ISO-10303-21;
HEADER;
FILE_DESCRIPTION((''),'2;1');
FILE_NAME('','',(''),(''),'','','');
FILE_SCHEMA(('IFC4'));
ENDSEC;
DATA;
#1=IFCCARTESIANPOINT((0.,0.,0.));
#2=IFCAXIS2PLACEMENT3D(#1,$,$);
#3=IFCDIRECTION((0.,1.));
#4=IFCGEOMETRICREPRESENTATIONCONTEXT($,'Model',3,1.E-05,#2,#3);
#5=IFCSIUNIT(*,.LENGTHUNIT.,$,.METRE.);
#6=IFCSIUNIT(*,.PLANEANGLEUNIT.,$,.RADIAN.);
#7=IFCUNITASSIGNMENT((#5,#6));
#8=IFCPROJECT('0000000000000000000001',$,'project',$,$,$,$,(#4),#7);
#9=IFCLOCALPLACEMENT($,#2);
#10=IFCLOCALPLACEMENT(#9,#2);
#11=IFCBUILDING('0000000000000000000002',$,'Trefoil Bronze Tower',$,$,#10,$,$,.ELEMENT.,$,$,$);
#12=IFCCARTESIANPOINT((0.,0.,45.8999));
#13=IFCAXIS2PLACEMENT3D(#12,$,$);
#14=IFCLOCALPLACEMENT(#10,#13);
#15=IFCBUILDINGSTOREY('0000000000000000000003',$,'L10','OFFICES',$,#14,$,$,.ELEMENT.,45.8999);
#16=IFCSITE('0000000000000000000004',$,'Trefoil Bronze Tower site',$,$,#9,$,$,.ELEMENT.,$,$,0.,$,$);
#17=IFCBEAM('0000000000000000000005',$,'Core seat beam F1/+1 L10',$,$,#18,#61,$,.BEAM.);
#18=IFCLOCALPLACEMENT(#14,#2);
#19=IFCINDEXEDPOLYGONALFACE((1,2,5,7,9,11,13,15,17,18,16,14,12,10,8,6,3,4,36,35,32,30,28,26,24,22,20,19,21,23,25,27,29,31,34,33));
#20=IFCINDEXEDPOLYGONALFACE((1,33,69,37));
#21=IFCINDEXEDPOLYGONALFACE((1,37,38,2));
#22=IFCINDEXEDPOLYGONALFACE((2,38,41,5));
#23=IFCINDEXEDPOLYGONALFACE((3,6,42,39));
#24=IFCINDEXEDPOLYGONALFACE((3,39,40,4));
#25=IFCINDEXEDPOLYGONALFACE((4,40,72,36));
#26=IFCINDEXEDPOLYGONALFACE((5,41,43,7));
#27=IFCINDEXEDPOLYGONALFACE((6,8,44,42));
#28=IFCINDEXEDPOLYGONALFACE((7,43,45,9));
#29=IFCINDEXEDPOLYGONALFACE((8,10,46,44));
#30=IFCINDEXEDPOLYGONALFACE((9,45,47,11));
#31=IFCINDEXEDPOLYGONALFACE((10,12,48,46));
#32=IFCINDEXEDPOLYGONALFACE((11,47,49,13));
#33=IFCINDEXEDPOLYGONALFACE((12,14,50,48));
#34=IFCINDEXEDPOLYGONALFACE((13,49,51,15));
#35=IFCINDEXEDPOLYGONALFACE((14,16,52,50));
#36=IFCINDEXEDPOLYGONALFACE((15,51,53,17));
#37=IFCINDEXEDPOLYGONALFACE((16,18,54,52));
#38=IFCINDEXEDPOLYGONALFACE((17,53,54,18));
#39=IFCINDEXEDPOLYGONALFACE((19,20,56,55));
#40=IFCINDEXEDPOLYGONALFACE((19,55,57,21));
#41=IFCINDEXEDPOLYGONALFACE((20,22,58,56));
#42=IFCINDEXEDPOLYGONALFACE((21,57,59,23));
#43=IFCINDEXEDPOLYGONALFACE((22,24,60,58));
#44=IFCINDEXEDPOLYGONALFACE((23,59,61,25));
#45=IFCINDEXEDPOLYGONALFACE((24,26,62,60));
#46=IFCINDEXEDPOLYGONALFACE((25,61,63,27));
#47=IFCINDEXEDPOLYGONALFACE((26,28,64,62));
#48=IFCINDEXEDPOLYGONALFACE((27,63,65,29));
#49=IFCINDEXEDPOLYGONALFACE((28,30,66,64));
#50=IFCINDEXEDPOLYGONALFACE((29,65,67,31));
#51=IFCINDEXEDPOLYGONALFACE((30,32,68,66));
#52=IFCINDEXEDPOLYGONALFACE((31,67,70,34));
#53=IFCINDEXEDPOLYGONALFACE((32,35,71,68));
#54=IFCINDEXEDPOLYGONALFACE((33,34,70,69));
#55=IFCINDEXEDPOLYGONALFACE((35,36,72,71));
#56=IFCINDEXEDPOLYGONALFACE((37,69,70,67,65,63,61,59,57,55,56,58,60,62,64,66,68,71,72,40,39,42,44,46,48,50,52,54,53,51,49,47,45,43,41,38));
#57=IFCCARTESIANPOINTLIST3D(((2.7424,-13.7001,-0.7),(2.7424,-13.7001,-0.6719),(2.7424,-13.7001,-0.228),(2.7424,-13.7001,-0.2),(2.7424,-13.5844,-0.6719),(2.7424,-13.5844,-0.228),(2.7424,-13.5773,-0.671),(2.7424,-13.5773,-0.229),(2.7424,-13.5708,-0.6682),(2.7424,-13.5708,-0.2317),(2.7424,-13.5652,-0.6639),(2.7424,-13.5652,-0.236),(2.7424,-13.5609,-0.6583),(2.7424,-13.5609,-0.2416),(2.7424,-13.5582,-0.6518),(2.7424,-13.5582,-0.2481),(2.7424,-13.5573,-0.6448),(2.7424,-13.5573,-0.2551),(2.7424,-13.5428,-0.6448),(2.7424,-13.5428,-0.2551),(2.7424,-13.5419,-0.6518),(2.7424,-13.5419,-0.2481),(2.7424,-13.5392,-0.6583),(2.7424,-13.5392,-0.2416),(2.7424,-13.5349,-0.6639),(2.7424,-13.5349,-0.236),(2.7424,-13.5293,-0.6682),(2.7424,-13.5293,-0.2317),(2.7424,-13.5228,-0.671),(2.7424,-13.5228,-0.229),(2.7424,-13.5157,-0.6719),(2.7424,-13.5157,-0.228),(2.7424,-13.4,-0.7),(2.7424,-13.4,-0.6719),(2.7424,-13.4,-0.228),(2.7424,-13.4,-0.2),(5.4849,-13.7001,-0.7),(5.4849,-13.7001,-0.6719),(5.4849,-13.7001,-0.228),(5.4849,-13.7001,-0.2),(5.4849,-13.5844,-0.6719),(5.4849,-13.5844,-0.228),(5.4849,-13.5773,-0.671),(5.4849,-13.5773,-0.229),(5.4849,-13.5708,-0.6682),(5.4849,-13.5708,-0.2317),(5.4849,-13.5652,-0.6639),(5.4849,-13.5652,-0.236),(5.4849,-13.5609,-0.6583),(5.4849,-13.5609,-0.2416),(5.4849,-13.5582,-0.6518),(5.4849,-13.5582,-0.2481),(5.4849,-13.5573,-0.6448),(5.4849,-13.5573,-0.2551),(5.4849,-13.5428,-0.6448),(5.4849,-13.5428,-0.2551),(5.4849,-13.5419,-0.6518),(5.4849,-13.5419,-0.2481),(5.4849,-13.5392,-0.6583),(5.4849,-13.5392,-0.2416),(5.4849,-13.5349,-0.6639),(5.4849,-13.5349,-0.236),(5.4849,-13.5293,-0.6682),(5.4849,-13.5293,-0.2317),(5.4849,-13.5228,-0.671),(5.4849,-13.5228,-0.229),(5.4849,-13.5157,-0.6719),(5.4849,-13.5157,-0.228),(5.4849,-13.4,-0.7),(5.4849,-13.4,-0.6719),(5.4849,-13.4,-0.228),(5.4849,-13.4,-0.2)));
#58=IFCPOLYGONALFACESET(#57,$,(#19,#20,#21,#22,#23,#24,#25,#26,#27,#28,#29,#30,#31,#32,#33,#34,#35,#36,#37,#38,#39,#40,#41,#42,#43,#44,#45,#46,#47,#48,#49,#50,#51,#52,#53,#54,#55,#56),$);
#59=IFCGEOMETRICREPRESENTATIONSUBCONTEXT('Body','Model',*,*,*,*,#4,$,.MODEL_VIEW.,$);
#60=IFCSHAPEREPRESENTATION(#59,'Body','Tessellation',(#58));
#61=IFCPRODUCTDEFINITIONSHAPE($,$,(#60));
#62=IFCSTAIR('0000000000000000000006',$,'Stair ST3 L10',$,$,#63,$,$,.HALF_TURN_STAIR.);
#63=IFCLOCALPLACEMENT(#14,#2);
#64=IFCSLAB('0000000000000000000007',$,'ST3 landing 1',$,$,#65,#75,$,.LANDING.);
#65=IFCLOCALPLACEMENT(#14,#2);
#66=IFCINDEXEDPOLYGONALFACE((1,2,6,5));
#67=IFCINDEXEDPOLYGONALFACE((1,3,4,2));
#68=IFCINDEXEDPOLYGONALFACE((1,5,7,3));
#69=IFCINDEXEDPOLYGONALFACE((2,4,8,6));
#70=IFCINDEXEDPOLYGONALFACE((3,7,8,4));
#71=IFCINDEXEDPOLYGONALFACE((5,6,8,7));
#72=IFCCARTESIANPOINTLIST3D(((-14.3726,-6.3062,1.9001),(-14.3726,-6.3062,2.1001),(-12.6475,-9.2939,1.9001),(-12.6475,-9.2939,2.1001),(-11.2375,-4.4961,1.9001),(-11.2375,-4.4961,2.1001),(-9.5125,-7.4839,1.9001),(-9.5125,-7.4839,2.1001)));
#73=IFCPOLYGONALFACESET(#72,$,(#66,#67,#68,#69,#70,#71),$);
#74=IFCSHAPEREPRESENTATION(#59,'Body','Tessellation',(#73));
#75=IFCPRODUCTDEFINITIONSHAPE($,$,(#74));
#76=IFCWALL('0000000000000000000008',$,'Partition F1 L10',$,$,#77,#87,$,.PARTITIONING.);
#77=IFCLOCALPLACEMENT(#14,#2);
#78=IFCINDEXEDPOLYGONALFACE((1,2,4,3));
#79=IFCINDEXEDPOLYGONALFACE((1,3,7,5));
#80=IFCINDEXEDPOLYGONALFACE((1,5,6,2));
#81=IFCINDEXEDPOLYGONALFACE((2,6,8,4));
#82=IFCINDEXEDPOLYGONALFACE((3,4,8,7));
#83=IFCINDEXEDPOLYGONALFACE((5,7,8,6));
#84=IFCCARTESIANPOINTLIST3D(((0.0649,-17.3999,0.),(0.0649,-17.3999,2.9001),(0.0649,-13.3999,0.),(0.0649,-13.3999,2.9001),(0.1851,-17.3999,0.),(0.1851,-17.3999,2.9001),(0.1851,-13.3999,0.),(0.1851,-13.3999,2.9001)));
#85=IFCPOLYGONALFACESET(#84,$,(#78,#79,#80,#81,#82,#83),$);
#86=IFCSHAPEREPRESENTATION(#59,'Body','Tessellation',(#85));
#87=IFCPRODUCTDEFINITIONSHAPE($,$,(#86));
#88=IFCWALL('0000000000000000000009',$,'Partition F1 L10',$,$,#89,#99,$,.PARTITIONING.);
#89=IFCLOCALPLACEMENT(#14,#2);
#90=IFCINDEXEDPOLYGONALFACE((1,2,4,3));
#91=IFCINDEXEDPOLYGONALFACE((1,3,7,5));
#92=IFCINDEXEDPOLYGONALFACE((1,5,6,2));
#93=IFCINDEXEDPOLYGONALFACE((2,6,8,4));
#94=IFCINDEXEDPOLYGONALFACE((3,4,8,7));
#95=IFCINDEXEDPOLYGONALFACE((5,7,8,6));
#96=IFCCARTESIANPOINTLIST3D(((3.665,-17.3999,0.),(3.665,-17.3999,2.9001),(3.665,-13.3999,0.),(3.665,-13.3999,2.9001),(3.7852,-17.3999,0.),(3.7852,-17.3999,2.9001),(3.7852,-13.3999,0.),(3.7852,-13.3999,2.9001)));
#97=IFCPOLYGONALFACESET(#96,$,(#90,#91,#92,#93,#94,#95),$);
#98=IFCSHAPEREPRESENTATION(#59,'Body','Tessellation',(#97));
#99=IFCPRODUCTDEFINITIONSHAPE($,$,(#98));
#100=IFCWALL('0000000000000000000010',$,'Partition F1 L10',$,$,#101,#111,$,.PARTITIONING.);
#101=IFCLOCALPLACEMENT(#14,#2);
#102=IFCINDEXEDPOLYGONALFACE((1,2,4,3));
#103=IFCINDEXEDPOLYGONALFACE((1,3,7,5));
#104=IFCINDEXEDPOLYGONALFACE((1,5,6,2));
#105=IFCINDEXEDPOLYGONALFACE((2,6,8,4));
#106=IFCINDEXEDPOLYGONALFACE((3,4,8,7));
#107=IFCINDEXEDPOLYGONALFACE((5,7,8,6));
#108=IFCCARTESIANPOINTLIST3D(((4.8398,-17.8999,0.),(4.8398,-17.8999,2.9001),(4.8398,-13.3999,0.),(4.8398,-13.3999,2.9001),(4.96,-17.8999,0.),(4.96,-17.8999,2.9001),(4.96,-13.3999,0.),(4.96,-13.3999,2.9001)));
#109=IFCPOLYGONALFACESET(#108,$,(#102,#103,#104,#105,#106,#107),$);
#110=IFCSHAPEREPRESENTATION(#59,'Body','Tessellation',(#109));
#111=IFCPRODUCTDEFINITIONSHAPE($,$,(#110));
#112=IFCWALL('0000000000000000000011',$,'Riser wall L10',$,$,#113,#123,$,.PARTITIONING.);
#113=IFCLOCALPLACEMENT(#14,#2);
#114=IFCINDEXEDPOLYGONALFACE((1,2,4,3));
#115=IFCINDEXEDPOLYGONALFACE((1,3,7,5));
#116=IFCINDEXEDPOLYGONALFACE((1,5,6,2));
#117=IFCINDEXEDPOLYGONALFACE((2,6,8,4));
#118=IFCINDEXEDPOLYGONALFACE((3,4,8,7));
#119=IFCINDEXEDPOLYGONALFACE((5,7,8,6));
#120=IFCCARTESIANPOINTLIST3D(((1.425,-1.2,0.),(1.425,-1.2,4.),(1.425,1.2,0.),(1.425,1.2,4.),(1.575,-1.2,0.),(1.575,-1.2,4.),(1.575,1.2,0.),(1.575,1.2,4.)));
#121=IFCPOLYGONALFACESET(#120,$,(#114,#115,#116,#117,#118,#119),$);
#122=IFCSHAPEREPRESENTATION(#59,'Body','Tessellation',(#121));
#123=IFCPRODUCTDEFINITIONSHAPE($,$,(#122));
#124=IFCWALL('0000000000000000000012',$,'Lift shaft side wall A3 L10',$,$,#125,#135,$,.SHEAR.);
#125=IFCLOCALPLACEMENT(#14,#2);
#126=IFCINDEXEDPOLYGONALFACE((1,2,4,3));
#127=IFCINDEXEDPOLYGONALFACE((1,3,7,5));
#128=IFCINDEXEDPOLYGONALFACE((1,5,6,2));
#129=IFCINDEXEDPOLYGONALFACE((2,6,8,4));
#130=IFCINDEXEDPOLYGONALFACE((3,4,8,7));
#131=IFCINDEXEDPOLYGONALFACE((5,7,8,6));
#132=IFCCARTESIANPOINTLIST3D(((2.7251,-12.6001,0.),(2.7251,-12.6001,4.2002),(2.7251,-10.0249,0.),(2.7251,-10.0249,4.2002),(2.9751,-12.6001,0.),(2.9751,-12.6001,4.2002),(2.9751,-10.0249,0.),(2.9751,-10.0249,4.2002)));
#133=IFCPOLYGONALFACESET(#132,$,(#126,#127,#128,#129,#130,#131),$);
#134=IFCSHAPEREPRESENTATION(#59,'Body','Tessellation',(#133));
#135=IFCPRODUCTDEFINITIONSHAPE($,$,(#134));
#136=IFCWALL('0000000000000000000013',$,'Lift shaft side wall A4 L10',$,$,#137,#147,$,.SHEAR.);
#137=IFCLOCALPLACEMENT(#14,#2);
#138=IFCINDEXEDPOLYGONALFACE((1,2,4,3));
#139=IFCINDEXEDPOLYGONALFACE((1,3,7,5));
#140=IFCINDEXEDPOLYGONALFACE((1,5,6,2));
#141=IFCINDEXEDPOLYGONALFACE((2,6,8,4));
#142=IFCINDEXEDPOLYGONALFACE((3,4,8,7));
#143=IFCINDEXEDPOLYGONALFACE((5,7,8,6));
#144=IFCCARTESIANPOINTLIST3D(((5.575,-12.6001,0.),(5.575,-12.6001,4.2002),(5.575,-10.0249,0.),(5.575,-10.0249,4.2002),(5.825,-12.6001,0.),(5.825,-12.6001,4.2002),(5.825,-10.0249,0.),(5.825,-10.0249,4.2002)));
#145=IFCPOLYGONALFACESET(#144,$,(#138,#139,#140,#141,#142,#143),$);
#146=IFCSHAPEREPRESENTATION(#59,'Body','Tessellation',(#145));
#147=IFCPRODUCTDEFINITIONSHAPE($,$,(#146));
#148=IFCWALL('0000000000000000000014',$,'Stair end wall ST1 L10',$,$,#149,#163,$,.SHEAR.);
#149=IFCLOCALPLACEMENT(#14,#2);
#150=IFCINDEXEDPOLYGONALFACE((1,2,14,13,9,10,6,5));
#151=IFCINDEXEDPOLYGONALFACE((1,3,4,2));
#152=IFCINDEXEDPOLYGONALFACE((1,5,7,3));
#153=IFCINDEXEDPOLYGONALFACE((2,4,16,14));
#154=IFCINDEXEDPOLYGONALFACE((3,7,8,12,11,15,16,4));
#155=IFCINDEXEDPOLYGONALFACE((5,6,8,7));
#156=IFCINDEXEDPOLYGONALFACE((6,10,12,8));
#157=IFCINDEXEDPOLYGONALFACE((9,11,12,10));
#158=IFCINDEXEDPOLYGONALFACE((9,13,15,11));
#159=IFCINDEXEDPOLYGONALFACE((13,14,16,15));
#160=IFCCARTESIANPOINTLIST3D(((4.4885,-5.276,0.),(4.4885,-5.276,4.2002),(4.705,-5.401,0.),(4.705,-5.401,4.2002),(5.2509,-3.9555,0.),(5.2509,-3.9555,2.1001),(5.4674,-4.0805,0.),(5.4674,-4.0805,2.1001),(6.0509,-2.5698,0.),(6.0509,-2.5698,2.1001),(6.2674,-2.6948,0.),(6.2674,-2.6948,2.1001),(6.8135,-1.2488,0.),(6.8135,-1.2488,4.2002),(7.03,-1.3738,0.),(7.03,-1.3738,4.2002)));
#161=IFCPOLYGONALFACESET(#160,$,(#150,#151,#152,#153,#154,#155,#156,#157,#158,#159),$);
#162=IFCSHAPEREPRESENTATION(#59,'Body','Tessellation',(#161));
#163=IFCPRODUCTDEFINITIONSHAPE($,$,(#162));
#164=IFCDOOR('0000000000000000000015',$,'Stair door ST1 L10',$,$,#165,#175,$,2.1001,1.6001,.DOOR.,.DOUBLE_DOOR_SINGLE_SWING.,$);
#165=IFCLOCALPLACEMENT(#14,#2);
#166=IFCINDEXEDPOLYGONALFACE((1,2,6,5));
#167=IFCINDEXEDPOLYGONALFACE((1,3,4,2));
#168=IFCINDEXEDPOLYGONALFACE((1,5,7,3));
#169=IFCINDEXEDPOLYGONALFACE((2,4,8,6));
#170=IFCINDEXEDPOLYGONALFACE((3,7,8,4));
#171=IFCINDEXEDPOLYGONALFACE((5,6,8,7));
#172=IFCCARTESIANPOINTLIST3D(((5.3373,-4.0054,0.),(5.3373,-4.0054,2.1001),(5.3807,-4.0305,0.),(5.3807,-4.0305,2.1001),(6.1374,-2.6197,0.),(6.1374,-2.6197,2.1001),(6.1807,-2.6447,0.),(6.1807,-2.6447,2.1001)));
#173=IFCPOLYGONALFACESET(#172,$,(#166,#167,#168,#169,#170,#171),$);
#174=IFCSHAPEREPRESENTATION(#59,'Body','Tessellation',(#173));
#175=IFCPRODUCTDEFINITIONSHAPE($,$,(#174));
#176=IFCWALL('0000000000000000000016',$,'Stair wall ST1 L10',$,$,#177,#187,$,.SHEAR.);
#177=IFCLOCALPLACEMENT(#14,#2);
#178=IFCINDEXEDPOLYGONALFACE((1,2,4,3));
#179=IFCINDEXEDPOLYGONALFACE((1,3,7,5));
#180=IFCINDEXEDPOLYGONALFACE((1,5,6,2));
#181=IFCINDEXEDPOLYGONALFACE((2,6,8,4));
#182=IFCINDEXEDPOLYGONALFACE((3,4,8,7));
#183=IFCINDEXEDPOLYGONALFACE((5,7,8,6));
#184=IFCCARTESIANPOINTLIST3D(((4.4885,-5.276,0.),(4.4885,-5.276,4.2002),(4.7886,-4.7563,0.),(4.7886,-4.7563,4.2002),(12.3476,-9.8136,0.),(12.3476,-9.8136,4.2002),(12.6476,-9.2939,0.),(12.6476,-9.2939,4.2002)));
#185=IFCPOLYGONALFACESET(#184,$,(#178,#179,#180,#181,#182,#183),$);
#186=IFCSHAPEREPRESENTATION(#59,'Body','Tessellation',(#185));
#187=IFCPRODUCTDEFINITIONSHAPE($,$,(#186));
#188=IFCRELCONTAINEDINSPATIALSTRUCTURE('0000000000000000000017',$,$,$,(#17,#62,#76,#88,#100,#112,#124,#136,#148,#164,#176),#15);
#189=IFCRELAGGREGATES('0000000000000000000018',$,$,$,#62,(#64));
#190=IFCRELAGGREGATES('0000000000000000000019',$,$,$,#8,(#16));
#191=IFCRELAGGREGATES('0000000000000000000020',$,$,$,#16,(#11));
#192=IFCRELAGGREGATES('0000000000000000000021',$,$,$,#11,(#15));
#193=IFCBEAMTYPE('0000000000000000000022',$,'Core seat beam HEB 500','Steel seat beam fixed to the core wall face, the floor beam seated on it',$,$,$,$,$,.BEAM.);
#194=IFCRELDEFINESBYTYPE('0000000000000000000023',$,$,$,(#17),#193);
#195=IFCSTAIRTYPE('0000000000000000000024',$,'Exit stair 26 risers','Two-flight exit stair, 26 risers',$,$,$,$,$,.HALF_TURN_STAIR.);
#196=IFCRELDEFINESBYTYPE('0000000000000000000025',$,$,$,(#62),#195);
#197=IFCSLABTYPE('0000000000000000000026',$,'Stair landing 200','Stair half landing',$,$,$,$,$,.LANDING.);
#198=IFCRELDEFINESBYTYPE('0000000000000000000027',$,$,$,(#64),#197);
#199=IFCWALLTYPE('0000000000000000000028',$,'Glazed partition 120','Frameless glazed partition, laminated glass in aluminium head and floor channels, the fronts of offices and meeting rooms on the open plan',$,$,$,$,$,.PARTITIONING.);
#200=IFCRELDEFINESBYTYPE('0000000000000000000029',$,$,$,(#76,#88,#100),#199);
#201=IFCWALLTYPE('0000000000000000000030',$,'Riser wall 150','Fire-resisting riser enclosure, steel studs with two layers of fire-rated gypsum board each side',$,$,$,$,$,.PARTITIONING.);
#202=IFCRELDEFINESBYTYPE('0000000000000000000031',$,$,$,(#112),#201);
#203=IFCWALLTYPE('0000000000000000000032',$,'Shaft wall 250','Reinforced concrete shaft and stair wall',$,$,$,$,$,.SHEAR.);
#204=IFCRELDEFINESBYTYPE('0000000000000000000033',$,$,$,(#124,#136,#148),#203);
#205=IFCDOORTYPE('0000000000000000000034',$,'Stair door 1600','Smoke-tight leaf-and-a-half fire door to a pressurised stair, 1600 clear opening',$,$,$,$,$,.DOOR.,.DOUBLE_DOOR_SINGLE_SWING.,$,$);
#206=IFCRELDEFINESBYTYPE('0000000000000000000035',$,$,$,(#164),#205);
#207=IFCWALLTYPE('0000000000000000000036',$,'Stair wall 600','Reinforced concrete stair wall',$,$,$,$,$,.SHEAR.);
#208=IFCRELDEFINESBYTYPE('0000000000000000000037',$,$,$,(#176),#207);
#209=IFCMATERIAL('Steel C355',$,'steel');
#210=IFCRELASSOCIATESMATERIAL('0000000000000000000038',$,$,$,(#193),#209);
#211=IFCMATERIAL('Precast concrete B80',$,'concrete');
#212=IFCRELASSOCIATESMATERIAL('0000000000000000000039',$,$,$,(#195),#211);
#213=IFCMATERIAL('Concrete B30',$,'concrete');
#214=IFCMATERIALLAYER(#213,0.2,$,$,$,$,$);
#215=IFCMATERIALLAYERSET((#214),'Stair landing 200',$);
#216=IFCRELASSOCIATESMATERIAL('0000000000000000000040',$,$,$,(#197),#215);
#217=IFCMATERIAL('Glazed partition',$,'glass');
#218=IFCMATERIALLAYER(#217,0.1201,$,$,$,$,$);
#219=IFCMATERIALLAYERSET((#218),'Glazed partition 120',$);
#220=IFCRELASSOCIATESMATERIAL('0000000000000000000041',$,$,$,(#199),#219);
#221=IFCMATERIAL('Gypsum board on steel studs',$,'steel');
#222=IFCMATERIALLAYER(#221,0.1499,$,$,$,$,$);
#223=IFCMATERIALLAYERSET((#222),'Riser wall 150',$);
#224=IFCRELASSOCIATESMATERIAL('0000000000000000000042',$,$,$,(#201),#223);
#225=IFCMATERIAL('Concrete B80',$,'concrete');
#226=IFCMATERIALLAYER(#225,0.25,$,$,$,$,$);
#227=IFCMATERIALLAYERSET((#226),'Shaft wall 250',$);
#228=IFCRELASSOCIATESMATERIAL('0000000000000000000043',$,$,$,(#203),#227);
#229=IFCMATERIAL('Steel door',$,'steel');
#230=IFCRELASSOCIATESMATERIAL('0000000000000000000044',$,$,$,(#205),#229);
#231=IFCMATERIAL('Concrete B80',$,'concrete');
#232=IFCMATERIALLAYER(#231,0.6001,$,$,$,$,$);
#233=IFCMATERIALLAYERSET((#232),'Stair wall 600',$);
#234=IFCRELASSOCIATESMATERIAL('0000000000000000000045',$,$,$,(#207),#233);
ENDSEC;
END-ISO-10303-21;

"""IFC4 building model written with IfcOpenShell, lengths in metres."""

from ifc_helpers import new_model, si_unit, direction, frame, frame_2d, origin, origin_2d, place, context, subcontext, project, spatial, polyline, rectangle, i_section, outline, extrude, material, layer, layer_set, material_profile, profile_set, type_object, element, fill, aggregate, save


model = new_model("IFC4")

# Units and contexts
model_context = context("Model", 3, precision=1e-05, world=origin(), true_north=direction((0.0, 1.0)))
body_context = subcontext(model_context, "Body", "Model", "MODEL_VIEW")
ifc_project = project(units=[si_unit("LENGTHUNIT", "METRE"), si_unit("PLANEANGLEUNIT", "RADIAN")], contexts=[model_context])

# Site, building, storey
site_placement = place(None, origin())
site = spatial("IfcSite", under=ifc_project, at=site_placement, Name="Trefoil Bronze Tower site", CompositionType="ELEMENT", RefElevation=0.0)
building_placement = place(site_placement, origin())
building = spatial("IfcBuilding", under=site, at=building_placement, Name="Trefoil Bronze Tower", CompositionType="ELEMENT")
storey_placement = place(building_placement, frame((0.0, 0.0, 45.8999)))
storey = spatial("IfcBuildingStorey", under=building, at=storey_placement, Name="L10", Description="OFFICES", CompositionType="ELEMENT", Elevation=45.8999)

# Beam
ifc_material_1 = material(Name="Steel C355", Category="steel")
ifc_material_profile = material_profile(ifc_material_1, i_section(OverallWidth=0.3, OverallDepth=0.5, WebThickness=0.0144, FlangeThickness=0.0281, FilletRadius=0.0271, at=origin_2d()), Name="HEB 500")
ifc_profile_set = profile_set([ifc_material_profile], Name="Steel C355")
beam_type = type_object("IfcBeamType", Name="Core seat beam HEB 500", Description="Steel seat beam fixed to the core wall face, the floor beam seated on it", PredefinedType="BEAM", material=ifc_profile_set)
beam_placement = place(storey_placement, frame((2.7424, -13.55, -0.45), z_axis=(1.0, 0.0, 0.0), x_axis=(0.0, 1.0, 0.0)))
element("IfcBeam", 1, at=beam_placement, inside=storey, type_object=beam_type, Name="Core seat beam F1/+1 L10", PredefinedType="BEAM", context=body_context, shape_type="SweptSolid", body=[
    extrude(i_section(OverallWidth=0.3, OverallDepth=0.5, WebThickness=0.0144, FlangeThickness=0.0281, FilletRadius=0.0271, at=origin_2d()), origin(), (0.0, 0.0, 1.0), 2.7424),
])

# Stair, slab
ifc_material_2 = material(Name="Precast concrete B80", Category="concrete")
stair_type = type_object("IfcStairType", Name="Exit stair 26 risers", Description="Two-flight exit stair, 26 risers", PredefinedType="HALF_TURN_STAIR", material=ifc_material_2)
stair_1_placement = place(storey_placement, origin())
stair_1 = element("IfcStair", 2, at=stair_1_placement, inside=storey, type_object=stair_type, Name="Stair ST3 L10", PredefinedType="HALF_TURN_STAIR")
ifc_material_3 = material(Name="Concrete B30", Category="concrete")
ifc_layer_1 = layer(ifc_material_3, 0.2)
ifc_layer_set_1 = layer_set([ifc_layer_1], Name="Stair landing 200")
slab_type = type_object("IfcSlabType", Name="Stair landing 200", Description="Stair half landing", PredefinedType="LANDING", material=ifc_layer_set_1)
slab_placement = place(storey_placement, frame((0.0, 0.0, 1.9001)))
slab = element("IfcSlab", 3, at=slab_placement, type_object=slab_type, Name="ST3 landing 1", PredefinedType="LANDING", context=body_context, shape_type="SweptSolid", body=[
    extrude(outline(polyline([(-11.2375, -4.4961), (-14.3726, -6.3062), (-12.6475, -9.2939), (-9.5125, -7.4839), (-11.2375, -4.4961)])), origin(), (0.0, 0.0, 1.0), 0.2),
])
aggregate(stair_1, [slab])

# Walls
ifc_material_4 = material(Name="Glazed partition", Category="glass")
ifc_layer_2 = layer(ifc_material_4, 0.1201)
ifc_layer_set_2 = layer_set([ifc_layer_2], Name="Glazed partition 120")
wall_type_1 = type_object("IfcWallType", Name="Glazed partition 120", Description="Frameless glazed partition, laminated glass in aluminium head and floor channels, the fronts of offices and meeting rooms on the open plan", PredefinedType="PARTITIONING", material=ifc_layer_set_2)
for number, where, z_axis, x_axis, name in (
    (4, (0.125, -13.3999, 0.0), (0.0, 0.0, 1.0), (0.0, -1.0, 0.0), "Partition F1 L10"),
    (5, (3.7251, -13.3999, 0.0), (0.0, 0.0, 1.0), (0.0, -1.0, 0.0), "Partition F1 L10"),
):
    element("IfcWall", number, at=place(storey_placement, frame(where, z_axis=z_axis, x_axis=x_axis)), inside=storey, type_object=wall_type_1, Name=name, PredefinedType="PARTITIONING", context=body_context, shape_type="SweptSolid", body=[
        extrude(rectangle(XDim=4.0, YDim=0.1201, at=frame_2d((2.0, 0.0))), origin(), (0.0, 0.0, 1.0), 2.9001),
    ])
wall_1_placement = place(storey_placement, frame((4.8999, -13.3999, 0.0), z_axis=(0.0, 0.0, 1.0), x_axis=(0.0, -1.0, 0.0)))
element("IfcWall", 6, at=wall_1_placement, inside=storey, type_object=wall_type_1, Name="Partition F1 L10", PredefinedType="PARTITIONING", context=body_context, shape_type="SweptSolid", body=[
    extrude(rectangle(XDim=4.5, YDim=0.1201, at=frame_2d((2.25, 0.0))), origin(), (0.0, 0.0, 1.0), 2.9001),
])
ifc_material_5 = material(Name="Gypsum board on steel studs", Category="steel")
ifc_layer_3 = layer(ifc_material_5, 0.1499)
ifc_layer_set_3 = layer_set([ifc_layer_3], Name="Riser wall 150")
wall_type_2 = type_object("IfcWallType", Name="Riser wall 150", Description="Fire-resisting riser enclosure, steel studs with two layers of fire-rated gypsum board each side", PredefinedType="PARTITIONING", material=ifc_layer_set_3)
wall_2_placement = place(storey_placement, frame((1.5, -1.2, 0.0), z_axis=(0.0, 0.0, 1.0), x_axis=(0.0, 1.0, 0.0)))
element("IfcWall", 7, at=wall_2_placement, inside=storey, type_object=wall_type_2, Name="Riser wall L10", PredefinedType="PARTITIONING", context=body_context, shape_type="SweptSolid", body=[
    extrude(rectangle(XDim=2.3999, YDim=0.1499, at=frame_2d((1.2, 0.0))), origin(), (0.0, 0.0, 1.0), 4.0),
])
ifc_material_6 = material(Name="Concrete B80", Category="concrete")
ifc_layer_4 = layer(ifc_material_6, 0.25)
ifc_layer_set_4 = layer_set([ifc_layer_4], Name="Shaft wall 250")
wall_type_3 = type_object("IfcWallType", Name="Shaft wall 250", Description="Reinforced concrete shaft and stair wall", PredefinedType="SHEAR", material=ifc_layer_set_4)
for number, where, z_axis, x_axis, name in (
    (8, (2.8501, -10.0249, 0.0), (0.0, 0.0, 1.0), (0.0, -1.0, 0.0), "Lift shaft side wall A3 L10"),
    (9, (5.7, -10.0249, 0.0), (0.0, 0.0, 1.0), (0.0, -1.0, 0.0), "Lift shaft side wall A4 L10"),
):
    element("IfcWall", number, at=place(storey_placement, frame(where, z_axis=z_axis, x_axis=x_axis)), inside=storey, type_object=wall_type_3, Name=name, PredefinedType="SHEAR", context=body_context, shape_type="SweptSolid", body=[
        extrude(rectangle(XDim=2.5752, YDim=0.25, at=frame_2d((1.2876, 0.0))), origin(), (0.0, 0.0, 1.0), 4.2002),
    ])

# Wall, opening, door
wall_3_placement = place(storey_placement, frame((4.5967, -5.3386, 0.0), z_axis=(0.0, 0.0, 1.0), x_axis=(0.499985, 0.866034, 0.0)))
wall_3 = element("IfcWall", 10, at=wall_3_placement, inside=storey, type_object=wall_type_3, Name="Stair end wall ST1 L10", PredefinedType="SHEAR", context=body_context, shape_type="SweptSolid", body=[
    extrude(rectangle(XDim=4.6501, YDim=0.25, at=frame_2d((2.3252, 0.0))), origin(), (0.0, 0.0, 1.0), 4.2002),
])
opening_placement = place(wall_3_placement, frame((1.5249, 0.0, 0.0)))
opening = element("IfcOpeningElement", 11, at=opening_placement, cuts=wall_3, PredefinedType="OPENING", context=body_context, shape_type="SweptSolid", body=[
    extrude(rectangle(XDim=1.6001, YDim=2.1001, at=frame_2d((0.8, 1.05))), frame((0.0, 0.135, 0.0), z_axis=(0.0, -1.0, 0.0), x_axis=(1.0, 0.0, 0.0)), (0.0, 0.0, 1.0), 0.27),
])
ifc_material_7 = material(Name="Steel door", Category="steel")
door_type = type_object("IfcDoorType", Name="Stair door 1600", Description="Smoke-tight leaf-and-a-half fire door to a pressurised stair, 1600 clear opening", OperationType="DOUBLE_DOOR_SINGLE_SWING", PredefinedType="DOOR", material=ifc_material_7)
door_placement = place(opening_placement, frame((1.6001, 0.0, 0.0), z_axis=(0.0, 0.0, 1.0), x_axis=(-1.0, 0.0, 0.0)))
door = element("IfcDoor", 12, at=door_placement, inside=storey, type_object=door_type, Name="Stair door ST1 L10", OperationType="DOUBLE_DOOR_SINGLE_SWING", OverallHeight=2.1001, OverallWidth=1.6001, PredefinedType="DOOR", context=body_context, shape_type="SweptSolid", body=[
    extrude(rectangle(XDim=1.6001, YDim=2.1001, at=frame_2d((0.8, 1.05))), frame((0.0, 0.0249, 0.0), z_axis=(0.0, -1.0, 0.0), x_axis=(1.0, 0.0, 0.0)), (0.0, 0.0, 1.0), 0.05),
])
fill(opening, door)

# Wall
ifc_material_8 = material(Name="Concrete B80", Category="concrete")
ifc_layer_5 = layer(ifc_material_8, 0.6001)
ifc_layer_set_5 = layer_set([ifc_layer_5], Name="Stair wall 600")
wall_type_4 = type_object("IfcWallType", Name="Stair wall 600", Description="Reinforced concrete stair wall", PredefinedType="SHEAR", material=ifc_layer_set_5)
for number, where, z_axis, x_axis, name in (
    (13, (4.6384, -5.0161, 0.0), (0.0, 0.0, 1.0), (0.866019, -0.50001, 0.0), "Stair wall ST1 L10"),
):
    element("IfcWall", number, at=place(storey_placement, frame(where, z_axis=z_axis, x_axis=x_axis)), inside=storey, type_object=wall_type_4, Name=name, PredefinedType="SHEAR", context=body_context, shape_type="SweptSolid", body=[
        extrude(rectangle(XDim=9.075, YDim=0.6001, at=frame_2d((4.5376, 0.0))), origin(), (0.0, 0.0, 1.0), 4.2002),
    ])

save(model, "model.ifc")
